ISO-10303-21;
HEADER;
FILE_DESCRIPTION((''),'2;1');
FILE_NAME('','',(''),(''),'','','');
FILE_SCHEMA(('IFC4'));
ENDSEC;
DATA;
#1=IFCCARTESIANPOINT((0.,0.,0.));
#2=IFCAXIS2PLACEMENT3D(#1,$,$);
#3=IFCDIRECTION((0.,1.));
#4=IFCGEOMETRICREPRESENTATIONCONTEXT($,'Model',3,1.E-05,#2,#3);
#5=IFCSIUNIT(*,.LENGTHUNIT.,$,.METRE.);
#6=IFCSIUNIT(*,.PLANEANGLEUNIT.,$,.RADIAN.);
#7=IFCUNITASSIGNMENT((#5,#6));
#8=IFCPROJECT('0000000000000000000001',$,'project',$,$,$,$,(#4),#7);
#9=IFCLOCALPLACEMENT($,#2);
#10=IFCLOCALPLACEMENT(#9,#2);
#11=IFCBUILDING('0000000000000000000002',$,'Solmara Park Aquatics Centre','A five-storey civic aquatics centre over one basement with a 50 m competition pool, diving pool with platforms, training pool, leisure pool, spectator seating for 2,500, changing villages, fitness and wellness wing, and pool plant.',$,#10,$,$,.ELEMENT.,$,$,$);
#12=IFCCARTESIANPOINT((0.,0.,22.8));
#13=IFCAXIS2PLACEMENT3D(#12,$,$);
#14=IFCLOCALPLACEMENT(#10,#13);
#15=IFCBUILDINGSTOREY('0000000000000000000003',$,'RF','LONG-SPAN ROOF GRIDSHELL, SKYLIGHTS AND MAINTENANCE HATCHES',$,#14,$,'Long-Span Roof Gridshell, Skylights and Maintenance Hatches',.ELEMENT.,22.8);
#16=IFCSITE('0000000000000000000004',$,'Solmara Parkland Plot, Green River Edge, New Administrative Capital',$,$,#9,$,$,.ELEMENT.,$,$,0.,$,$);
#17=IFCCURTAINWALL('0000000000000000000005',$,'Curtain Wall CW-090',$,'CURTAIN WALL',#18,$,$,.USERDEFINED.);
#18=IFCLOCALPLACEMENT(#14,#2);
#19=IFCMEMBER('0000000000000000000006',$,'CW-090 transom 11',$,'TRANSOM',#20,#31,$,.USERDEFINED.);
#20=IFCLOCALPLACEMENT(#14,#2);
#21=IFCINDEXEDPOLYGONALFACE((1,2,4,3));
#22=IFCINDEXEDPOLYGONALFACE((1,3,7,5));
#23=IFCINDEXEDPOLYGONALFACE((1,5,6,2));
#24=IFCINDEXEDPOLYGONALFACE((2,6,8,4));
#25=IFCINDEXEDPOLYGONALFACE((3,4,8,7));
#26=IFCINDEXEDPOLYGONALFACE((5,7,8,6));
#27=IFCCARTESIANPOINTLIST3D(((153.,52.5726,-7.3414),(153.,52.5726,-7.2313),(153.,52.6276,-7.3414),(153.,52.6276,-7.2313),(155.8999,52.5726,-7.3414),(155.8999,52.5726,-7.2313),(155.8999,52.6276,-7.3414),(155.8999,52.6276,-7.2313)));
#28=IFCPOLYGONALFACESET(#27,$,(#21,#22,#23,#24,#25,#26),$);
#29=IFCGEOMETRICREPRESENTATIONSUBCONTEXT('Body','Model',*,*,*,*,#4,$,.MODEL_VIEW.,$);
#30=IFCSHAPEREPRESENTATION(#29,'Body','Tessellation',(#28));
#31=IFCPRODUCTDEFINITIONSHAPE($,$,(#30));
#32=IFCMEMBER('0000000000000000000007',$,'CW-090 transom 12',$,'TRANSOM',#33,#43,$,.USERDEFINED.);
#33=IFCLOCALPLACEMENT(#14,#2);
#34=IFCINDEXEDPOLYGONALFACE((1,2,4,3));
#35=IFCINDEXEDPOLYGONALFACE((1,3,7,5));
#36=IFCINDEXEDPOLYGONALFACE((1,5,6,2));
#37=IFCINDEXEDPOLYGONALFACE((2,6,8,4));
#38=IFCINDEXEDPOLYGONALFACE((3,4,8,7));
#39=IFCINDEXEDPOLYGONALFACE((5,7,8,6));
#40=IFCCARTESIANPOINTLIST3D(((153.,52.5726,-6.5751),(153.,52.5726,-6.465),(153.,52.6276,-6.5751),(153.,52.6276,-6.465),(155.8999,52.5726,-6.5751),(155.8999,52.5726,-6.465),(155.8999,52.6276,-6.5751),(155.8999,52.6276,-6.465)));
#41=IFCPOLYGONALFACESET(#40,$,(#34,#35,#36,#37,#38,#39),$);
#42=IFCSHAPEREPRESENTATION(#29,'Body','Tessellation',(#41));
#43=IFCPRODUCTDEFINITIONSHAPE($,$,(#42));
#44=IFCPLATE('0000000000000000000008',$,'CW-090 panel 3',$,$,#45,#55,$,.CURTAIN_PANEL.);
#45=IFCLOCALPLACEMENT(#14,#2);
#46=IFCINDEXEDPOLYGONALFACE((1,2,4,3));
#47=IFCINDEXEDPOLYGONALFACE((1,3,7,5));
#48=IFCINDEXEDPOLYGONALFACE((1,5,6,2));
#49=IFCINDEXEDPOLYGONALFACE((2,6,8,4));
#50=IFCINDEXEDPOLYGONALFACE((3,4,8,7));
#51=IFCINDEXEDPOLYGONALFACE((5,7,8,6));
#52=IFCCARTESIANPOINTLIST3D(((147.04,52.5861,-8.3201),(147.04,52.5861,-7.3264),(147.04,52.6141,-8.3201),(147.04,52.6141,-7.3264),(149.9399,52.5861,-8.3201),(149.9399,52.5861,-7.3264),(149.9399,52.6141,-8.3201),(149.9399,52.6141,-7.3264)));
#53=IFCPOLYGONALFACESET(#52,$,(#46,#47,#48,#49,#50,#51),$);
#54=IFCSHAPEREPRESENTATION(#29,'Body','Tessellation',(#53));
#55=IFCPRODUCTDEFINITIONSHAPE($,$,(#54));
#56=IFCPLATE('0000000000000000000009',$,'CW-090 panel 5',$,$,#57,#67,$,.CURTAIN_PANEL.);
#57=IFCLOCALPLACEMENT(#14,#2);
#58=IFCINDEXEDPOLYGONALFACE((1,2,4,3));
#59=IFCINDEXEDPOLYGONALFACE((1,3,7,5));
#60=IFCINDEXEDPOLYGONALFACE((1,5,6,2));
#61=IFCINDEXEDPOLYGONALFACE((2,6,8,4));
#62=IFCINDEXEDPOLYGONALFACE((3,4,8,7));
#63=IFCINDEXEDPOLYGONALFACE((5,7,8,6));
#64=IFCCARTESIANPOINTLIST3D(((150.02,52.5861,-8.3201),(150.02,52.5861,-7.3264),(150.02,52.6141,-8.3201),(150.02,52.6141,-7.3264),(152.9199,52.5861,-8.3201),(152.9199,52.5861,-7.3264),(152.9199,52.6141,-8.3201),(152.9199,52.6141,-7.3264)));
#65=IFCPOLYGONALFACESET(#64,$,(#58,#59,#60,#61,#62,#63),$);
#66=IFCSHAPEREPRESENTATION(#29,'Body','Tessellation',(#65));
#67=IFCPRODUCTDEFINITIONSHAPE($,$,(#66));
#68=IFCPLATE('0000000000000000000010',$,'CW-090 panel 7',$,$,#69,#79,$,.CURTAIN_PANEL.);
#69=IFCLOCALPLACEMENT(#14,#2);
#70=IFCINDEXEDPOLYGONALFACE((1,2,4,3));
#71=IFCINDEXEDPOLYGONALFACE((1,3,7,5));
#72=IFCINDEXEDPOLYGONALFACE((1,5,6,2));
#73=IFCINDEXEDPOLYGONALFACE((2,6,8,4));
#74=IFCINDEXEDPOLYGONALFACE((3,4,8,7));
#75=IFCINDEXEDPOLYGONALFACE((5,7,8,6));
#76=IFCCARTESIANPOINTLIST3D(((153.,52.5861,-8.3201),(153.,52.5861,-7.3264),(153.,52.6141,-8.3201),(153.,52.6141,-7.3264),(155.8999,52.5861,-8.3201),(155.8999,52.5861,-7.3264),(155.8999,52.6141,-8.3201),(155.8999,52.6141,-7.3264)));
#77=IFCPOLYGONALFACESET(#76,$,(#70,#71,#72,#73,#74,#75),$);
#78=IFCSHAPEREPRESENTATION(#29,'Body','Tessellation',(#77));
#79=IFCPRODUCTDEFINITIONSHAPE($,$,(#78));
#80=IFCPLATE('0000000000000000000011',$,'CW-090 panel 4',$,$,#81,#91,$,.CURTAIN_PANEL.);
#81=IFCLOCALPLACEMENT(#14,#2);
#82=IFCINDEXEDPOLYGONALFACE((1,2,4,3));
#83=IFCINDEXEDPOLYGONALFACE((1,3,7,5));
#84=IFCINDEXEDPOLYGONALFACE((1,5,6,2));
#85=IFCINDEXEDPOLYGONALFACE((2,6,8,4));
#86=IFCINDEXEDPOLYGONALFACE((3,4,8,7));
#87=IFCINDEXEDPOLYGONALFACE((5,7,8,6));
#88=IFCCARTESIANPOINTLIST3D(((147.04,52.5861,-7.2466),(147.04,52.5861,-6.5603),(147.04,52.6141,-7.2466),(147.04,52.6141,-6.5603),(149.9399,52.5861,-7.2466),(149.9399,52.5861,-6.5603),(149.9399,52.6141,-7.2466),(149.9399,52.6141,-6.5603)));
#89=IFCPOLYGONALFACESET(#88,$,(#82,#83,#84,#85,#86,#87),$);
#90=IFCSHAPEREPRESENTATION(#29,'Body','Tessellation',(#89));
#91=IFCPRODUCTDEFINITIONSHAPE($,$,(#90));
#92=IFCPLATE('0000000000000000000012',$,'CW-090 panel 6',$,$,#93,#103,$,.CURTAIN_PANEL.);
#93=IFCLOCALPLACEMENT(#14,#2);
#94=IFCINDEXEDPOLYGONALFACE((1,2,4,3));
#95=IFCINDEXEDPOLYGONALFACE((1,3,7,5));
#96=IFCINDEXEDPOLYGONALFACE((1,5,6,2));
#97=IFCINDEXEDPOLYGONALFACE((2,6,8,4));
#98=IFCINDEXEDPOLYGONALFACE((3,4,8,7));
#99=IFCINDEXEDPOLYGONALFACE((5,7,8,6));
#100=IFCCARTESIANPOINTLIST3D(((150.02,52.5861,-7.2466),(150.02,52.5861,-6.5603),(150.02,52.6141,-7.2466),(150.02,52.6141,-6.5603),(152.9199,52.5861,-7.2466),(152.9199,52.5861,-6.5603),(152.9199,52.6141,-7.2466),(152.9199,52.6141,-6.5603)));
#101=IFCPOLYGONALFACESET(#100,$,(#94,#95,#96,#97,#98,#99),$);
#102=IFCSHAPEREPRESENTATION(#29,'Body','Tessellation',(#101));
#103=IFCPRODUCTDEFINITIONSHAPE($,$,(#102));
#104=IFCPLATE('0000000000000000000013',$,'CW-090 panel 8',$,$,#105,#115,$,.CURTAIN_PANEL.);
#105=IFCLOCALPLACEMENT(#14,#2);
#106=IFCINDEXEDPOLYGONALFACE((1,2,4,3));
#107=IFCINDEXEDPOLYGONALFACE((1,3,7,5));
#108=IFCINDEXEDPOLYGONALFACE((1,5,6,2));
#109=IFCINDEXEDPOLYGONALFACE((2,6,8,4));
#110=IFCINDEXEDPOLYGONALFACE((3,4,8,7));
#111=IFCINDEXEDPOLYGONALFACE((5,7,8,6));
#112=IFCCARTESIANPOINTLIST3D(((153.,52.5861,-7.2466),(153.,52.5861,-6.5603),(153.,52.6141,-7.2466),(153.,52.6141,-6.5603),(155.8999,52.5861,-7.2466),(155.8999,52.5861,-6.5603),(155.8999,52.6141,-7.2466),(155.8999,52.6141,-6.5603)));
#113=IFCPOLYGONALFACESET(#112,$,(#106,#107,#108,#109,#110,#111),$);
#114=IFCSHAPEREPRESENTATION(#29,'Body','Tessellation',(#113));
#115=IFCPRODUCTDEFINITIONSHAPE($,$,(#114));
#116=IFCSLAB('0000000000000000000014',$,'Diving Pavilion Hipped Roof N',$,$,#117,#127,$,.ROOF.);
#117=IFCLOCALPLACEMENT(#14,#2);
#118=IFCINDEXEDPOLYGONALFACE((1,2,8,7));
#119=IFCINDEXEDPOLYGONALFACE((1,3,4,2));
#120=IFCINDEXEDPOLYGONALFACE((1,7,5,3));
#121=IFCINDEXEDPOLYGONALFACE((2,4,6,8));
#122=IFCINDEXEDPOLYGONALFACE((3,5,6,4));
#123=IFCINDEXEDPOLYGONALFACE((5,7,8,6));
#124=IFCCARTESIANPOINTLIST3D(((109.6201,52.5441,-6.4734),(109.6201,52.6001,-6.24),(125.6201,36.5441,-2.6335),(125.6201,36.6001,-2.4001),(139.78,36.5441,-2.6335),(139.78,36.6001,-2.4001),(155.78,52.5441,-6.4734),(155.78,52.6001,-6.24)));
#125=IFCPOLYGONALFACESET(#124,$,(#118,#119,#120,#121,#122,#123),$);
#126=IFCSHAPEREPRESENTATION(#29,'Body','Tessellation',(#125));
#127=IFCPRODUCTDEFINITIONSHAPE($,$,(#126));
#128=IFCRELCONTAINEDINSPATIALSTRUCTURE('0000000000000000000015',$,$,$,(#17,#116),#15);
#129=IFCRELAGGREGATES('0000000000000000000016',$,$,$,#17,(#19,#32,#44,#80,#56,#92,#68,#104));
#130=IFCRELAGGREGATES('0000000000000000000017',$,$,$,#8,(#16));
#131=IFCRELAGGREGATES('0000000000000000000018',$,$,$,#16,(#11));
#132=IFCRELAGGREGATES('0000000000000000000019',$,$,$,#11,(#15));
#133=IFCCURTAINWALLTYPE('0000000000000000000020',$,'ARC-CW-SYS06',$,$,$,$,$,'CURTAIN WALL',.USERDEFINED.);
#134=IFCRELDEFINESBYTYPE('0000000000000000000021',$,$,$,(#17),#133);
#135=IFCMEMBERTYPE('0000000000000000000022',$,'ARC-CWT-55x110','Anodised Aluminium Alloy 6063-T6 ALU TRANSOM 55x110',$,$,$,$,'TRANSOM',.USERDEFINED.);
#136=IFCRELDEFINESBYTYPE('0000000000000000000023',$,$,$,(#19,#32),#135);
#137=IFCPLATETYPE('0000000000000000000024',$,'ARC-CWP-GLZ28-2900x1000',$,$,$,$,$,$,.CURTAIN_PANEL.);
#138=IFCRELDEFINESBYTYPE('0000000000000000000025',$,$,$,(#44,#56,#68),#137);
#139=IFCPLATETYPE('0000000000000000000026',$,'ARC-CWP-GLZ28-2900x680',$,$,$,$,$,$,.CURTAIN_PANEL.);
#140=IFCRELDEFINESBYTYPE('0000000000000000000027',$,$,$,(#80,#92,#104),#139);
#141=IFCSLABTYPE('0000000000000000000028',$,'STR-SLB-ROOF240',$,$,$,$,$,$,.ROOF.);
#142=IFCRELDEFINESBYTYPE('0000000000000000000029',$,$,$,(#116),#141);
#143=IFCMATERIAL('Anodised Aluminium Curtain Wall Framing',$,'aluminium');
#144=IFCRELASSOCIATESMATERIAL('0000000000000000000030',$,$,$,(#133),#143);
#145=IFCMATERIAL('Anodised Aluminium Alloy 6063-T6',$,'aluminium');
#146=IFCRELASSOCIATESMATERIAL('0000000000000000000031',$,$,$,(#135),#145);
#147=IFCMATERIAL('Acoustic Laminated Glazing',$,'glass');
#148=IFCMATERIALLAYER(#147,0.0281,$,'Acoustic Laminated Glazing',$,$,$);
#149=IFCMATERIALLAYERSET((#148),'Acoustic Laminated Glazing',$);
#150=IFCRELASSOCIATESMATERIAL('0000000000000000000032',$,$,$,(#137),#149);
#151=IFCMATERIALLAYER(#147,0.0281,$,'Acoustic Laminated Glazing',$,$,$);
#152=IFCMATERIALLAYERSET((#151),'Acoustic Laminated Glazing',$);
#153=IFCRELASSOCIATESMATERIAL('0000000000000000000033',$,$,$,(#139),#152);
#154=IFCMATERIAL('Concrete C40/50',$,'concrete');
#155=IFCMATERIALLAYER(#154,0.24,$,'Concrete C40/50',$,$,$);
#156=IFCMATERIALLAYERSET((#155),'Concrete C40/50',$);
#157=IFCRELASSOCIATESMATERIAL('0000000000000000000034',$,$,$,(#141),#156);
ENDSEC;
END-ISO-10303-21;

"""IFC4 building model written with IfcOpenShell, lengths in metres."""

from ifc_helpers import new_model, si_unit, direction, frame, origin, origin_2d, place, context, subcontext, project, spatial, polyline, rectangle, outline, extrude, material, layer, layer_set, material_profile, profile_set, type_object, element, aggregate, save


model = new_model("IFC4")

# Units and contexts
model_context = context("Model", 3, precision=1e-05, world=origin(), true_north=direction((0.0, 1.0)))
body_context = subcontext(model_context, "Body", "Model", "MODEL_VIEW")
ifc_project = project(units=[si_unit("LENGTHUNIT", "METRE"), si_unit("PLANEANGLEUNIT", "RADIAN")], contexts=[model_context])

# Site, building, storey
site_placement = place(None, origin())
site = spatial("IfcSite", under=ifc_project, at=site_placement, Name="Solmara Parkland Plot, Green River Edge, New Administrative Capital", CompositionType="ELEMENT", RefElevation=0.0)
building_placement = place(site_placement, origin())
building = spatial("IfcBuilding", under=site, at=building_placement, Name="Solmara Park Aquatics Centre", Description="A five-storey civic aquatics centre over one basement with a 50 m competition pool, diving pool with platforms, training pool, leisure pool, spectator seating for 2,500, changing villages, fitness and wellness wing, and pool plant.", CompositionType="ELEMENT")
storey_placement = place(building_placement, frame((0.0, 0.0, 22.8)))
storey = spatial("IfcBuildingStorey", under=building, at=storey_placement, Name="RF", Description="LONG-SPAN ROOF GRIDSHELL, SKYLIGHTS AND MAINTENANCE HATCHES", LongName="Long-Span Roof Gridshell, Skylights and Maintenance Hatches", CompositionType="ELEMENT", Elevation=22.8)

# Curtain wall, members, plates
ifc_material_1 = material(Name="Anodised Aluminium Curtain Wall Framing", Category="aluminium")
curtain_wall_type = type_object("IfcCurtainWallType", Name="ARC-CW-SYS06", ElementType="CURTAIN WALL", PredefinedType="USERDEFINED", material=ifc_material_1)
curtain_wall_placement = place(storey_placement, origin())
curtain_wall = element("IfcCurtainWall", 1, at=curtain_wall_placement, inside=storey, type_object=curtain_wall_type, Name="Curtain Wall CW-090", ObjectType="CURTAIN WALL", PredefinedType="USERDEFINED")
ifc_material_2 = material(Name="Anodised Aluminium Alloy 6063-T6", Category="aluminium")
ifc_material_profile_1 = material_profile(ifc_material_2, rectangle(XDim=0.0549, YDim=0.1101, at=origin_2d()), Name="ALU TRANSOM 55x110")
ifc_profile_set_1 = profile_set([ifc_material_profile_1], Name="Anodised Aluminium Alloy 6063-T6")
member_type_1 = type_object("IfcMemberType", Name="ARC-CWT-55x110", Description="Anodised Aluminium Alloy 6063-T6 ALU TRANSOM 55x110", ElementType="TRANSOM", PredefinedType="USERDEFINED", material=ifc_profile_set_1)
member_1_placement = place(storey_placement, frame((153.0, 52.6001, -7.2864), z_axis=(1.0, 0.0, 0.0), x_axis=(0.0, 1.0, 0.0)))
member_1 = element("IfcMember", 2, at=member_1_placement, type_object=member_type_1, Name="CW-090 transom 11", ObjectType="TRANSOM", PredefinedType="USERDEFINED", context=body_context, shape_type="SweptSolid", body=[
    extrude(rectangle(XDim=0.0549, YDim=0.1101, at=origin_2d()), origin(), (0.0, 0.0, 1.0), 2.8999),
])
member_2_placement = place(storey_placement, frame((153.0, 52.6001, -6.52), z_axis=(1.0, 0.0, 0.0), x_axis=(0.0, 1.0, 0.0)))
member_2 = element("IfcMember", 3, at=member_2_placement, type_object=member_type_1, Name="CW-090 transom 12", ObjectType="TRANSOM", PredefinedType="USERDEFINED", context=body_context, shape_type="SweptSolid", body=[
    extrude(rectangle(XDim=0.0549, YDim=0.1101, at=origin_2d()), origin(), (0.0, 0.0, 1.0), 2.8999),
])
ifc_material_3 = material(Name="Acoustic Laminated Glazing", Category="glass")
ifc_layer_1 = layer(ifc_material_3, 0.0281, Name="Acoustic Laminated Glazing")
ifc_layer_set_1 = layer_set([ifc_layer_1], Name="Acoustic Laminated Glazing")
plate_type_1 = type_object("IfcPlateType", Name="ARC-CWP-GLZ28-2900x1000", PredefinedType="CURTAIN_PANEL", material=ifc_layer_set_1)
plate_1_placement = place(storey_placement, frame((148.49, 52.6001, -8.3201), z_axis=(0.0, 0.0, 1.0), x_axis=(1.0, 0.0, 0.0)))
plate_1 = element("IfcPlate", 4, at=plate_1_placement, type_object=plate_type_1, Name="CW-090 panel 3", PredefinedType="CURTAIN_PANEL", context=body_context, shape_type="SweptSolid", body=[
    extrude(rectangle(XDim=2.8999, YDim=0.0281, at=origin_2d()), origin(), (0.0, 0.0, 1.0), 0.9937),
])
plate_2_placement = place(storey_placement, frame((151.47, 52.6001, -8.3201), z_axis=(0.0, 0.0, 1.0), x_axis=(1.0, 0.0, 0.0)))
plate_2 = element("IfcPlate", 5, at=plate_2_placement, type_object=plate_type_1, Name="CW-090 panel 5", PredefinedType="CURTAIN_PANEL", context=body_context, shape_type="SweptSolid", body=[
    extrude(rectangle(XDim=2.8999, YDim=0.0281, at=origin_2d()), origin(), (0.0, 0.0, 1.0), 0.9937),
])
plate_3_placement = place(storey_placement, frame((154.45, 52.6001, -8.3201), z_axis=(0.0, 0.0, 1.0), x_axis=(1.0, 0.0, 0.0)))
plate_3 = element("IfcPlate", 6, at=plate_3_placement, type_object=plate_type_1, Name="CW-090 panel 7", PredefinedType="CURTAIN_PANEL", context=body_context, shape_type="SweptSolid", body=[
    extrude(rectangle(XDim=2.8999, YDim=0.0281, at=origin_2d()), origin(), (0.0, 0.0, 1.0), 0.9937),
])
ifc_layer_2 = layer(ifc_material_3, 0.0281, Name="Acoustic Laminated Glazing")
ifc_layer_set_2 = layer_set([ifc_layer_2], Name="Acoustic Laminated Glazing")
plate_type_2 = type_object("IfcPlateType", Name="ARC-CWP-GLZ28-2900x680", PredefinedType="CURTAIN_PANEL", material=ifc_layer_set_2)
plate_4_placement = place(storey_placement, frame((148.49, 52.6001, -7.2466), z_axis=(0.0, 0.0, 1.0), x_axis=(1.0, 0.0, 0.0)))
plate_4 = element("IfcPlate", 7, at=plate_4_placement, type_object=plate_type_2, Name="CW-090 panel 4", PredefinedType="CURTAIN_PANEL", context=body_context, shape_type="SweptSolid", body=[
    extrude(rectangle(XDim=2.8999, YDim=0.0281, at=origin_2d()), origin(), (0.0, 0.0, 1.0), 0.6863),
])
plate_5_placement = place(storey_placement, frame((151.47, 52.6001, -7.2466), z_axis=(0.0, 0.0, 1.0), x_axis=(1.0, 0.0, 0.0)))
plate_5 = element("IfcPlate", 8, at=plate_5_placement, type_object=plate_type_2, Name="CW-090 panel 6", PredefinedType="CURTAIN_PANEL", context=body_context, shape_type="SweptSolid", body=[
    extrude(rectangle(XDim=2.8999, YDim=0.0281, at=origin_2d()), origin(), (0.0, 0.0, 1.0), 0.6863),
])
plate_6_placement = place(storey_placement, frame((154.45, 52.6001, -7.2466), z_axis=(0.0, 0.0, 1.0), x_axis=(1.0, 0.0, 0.0)))
plate_6 = element("IfcPlate", 9, at=plate_6_placement, type_object=plate_type_2, Name="CW-090 panel 8", PredefinedType="CURTAIN_PANEL", context=body_context, shape_type="SweptSolid", body=[
    extrude(rectangle(XDim=2.8999, YDim=0.0281, at=origin_2d()), origin(), (0.0, 0.0, 1.0), 0.6863),
])
aggregate(curtain_wall, [member_1, member_2, plate_1, plate_4, plate_2, plate_5, plate_3, plate_6])

# Slab
ifc_material_4 = material(Name="Concrete C40/50", Category="concrete")
ifc_layer_3 = layer(ifc_material_4, 0.24, Name="Concrete C40/50")
ifc_layer_set_3 = layer_set([ifc_layer_3], Name="Concrete C40/50")
slab_type = type_object("IfcSlabType", Name="STR-SLB-ROOF240", PredefinedType="ROOF", material=ifc_layer_set_3)
slab_placement = place(storey_placement, frame((155.78, 52.6001, -6.24), z_axis=(0.0, 0.233364, 0.972389), x_axis=(-1.0, 0.0, 0.0)))
element("IfcSlab", 10, at=slab_placement, inside=storey, type_object=slab_type, Name="Diving Pavilion Hipped Roof N", PredefinedType="ROOF", context=body_context, shape_type="SweptSolid", body=[
    extrude(outline(polyline([(0.0, 0.0), (46.1599, 0.0), (30.1599, 16.4543), (16.0, 16.4543), (0.0, 0.0)])), origin(), (0.0, 0.0, -1.0), 0.24),
])

save(model, "model.ifc")
